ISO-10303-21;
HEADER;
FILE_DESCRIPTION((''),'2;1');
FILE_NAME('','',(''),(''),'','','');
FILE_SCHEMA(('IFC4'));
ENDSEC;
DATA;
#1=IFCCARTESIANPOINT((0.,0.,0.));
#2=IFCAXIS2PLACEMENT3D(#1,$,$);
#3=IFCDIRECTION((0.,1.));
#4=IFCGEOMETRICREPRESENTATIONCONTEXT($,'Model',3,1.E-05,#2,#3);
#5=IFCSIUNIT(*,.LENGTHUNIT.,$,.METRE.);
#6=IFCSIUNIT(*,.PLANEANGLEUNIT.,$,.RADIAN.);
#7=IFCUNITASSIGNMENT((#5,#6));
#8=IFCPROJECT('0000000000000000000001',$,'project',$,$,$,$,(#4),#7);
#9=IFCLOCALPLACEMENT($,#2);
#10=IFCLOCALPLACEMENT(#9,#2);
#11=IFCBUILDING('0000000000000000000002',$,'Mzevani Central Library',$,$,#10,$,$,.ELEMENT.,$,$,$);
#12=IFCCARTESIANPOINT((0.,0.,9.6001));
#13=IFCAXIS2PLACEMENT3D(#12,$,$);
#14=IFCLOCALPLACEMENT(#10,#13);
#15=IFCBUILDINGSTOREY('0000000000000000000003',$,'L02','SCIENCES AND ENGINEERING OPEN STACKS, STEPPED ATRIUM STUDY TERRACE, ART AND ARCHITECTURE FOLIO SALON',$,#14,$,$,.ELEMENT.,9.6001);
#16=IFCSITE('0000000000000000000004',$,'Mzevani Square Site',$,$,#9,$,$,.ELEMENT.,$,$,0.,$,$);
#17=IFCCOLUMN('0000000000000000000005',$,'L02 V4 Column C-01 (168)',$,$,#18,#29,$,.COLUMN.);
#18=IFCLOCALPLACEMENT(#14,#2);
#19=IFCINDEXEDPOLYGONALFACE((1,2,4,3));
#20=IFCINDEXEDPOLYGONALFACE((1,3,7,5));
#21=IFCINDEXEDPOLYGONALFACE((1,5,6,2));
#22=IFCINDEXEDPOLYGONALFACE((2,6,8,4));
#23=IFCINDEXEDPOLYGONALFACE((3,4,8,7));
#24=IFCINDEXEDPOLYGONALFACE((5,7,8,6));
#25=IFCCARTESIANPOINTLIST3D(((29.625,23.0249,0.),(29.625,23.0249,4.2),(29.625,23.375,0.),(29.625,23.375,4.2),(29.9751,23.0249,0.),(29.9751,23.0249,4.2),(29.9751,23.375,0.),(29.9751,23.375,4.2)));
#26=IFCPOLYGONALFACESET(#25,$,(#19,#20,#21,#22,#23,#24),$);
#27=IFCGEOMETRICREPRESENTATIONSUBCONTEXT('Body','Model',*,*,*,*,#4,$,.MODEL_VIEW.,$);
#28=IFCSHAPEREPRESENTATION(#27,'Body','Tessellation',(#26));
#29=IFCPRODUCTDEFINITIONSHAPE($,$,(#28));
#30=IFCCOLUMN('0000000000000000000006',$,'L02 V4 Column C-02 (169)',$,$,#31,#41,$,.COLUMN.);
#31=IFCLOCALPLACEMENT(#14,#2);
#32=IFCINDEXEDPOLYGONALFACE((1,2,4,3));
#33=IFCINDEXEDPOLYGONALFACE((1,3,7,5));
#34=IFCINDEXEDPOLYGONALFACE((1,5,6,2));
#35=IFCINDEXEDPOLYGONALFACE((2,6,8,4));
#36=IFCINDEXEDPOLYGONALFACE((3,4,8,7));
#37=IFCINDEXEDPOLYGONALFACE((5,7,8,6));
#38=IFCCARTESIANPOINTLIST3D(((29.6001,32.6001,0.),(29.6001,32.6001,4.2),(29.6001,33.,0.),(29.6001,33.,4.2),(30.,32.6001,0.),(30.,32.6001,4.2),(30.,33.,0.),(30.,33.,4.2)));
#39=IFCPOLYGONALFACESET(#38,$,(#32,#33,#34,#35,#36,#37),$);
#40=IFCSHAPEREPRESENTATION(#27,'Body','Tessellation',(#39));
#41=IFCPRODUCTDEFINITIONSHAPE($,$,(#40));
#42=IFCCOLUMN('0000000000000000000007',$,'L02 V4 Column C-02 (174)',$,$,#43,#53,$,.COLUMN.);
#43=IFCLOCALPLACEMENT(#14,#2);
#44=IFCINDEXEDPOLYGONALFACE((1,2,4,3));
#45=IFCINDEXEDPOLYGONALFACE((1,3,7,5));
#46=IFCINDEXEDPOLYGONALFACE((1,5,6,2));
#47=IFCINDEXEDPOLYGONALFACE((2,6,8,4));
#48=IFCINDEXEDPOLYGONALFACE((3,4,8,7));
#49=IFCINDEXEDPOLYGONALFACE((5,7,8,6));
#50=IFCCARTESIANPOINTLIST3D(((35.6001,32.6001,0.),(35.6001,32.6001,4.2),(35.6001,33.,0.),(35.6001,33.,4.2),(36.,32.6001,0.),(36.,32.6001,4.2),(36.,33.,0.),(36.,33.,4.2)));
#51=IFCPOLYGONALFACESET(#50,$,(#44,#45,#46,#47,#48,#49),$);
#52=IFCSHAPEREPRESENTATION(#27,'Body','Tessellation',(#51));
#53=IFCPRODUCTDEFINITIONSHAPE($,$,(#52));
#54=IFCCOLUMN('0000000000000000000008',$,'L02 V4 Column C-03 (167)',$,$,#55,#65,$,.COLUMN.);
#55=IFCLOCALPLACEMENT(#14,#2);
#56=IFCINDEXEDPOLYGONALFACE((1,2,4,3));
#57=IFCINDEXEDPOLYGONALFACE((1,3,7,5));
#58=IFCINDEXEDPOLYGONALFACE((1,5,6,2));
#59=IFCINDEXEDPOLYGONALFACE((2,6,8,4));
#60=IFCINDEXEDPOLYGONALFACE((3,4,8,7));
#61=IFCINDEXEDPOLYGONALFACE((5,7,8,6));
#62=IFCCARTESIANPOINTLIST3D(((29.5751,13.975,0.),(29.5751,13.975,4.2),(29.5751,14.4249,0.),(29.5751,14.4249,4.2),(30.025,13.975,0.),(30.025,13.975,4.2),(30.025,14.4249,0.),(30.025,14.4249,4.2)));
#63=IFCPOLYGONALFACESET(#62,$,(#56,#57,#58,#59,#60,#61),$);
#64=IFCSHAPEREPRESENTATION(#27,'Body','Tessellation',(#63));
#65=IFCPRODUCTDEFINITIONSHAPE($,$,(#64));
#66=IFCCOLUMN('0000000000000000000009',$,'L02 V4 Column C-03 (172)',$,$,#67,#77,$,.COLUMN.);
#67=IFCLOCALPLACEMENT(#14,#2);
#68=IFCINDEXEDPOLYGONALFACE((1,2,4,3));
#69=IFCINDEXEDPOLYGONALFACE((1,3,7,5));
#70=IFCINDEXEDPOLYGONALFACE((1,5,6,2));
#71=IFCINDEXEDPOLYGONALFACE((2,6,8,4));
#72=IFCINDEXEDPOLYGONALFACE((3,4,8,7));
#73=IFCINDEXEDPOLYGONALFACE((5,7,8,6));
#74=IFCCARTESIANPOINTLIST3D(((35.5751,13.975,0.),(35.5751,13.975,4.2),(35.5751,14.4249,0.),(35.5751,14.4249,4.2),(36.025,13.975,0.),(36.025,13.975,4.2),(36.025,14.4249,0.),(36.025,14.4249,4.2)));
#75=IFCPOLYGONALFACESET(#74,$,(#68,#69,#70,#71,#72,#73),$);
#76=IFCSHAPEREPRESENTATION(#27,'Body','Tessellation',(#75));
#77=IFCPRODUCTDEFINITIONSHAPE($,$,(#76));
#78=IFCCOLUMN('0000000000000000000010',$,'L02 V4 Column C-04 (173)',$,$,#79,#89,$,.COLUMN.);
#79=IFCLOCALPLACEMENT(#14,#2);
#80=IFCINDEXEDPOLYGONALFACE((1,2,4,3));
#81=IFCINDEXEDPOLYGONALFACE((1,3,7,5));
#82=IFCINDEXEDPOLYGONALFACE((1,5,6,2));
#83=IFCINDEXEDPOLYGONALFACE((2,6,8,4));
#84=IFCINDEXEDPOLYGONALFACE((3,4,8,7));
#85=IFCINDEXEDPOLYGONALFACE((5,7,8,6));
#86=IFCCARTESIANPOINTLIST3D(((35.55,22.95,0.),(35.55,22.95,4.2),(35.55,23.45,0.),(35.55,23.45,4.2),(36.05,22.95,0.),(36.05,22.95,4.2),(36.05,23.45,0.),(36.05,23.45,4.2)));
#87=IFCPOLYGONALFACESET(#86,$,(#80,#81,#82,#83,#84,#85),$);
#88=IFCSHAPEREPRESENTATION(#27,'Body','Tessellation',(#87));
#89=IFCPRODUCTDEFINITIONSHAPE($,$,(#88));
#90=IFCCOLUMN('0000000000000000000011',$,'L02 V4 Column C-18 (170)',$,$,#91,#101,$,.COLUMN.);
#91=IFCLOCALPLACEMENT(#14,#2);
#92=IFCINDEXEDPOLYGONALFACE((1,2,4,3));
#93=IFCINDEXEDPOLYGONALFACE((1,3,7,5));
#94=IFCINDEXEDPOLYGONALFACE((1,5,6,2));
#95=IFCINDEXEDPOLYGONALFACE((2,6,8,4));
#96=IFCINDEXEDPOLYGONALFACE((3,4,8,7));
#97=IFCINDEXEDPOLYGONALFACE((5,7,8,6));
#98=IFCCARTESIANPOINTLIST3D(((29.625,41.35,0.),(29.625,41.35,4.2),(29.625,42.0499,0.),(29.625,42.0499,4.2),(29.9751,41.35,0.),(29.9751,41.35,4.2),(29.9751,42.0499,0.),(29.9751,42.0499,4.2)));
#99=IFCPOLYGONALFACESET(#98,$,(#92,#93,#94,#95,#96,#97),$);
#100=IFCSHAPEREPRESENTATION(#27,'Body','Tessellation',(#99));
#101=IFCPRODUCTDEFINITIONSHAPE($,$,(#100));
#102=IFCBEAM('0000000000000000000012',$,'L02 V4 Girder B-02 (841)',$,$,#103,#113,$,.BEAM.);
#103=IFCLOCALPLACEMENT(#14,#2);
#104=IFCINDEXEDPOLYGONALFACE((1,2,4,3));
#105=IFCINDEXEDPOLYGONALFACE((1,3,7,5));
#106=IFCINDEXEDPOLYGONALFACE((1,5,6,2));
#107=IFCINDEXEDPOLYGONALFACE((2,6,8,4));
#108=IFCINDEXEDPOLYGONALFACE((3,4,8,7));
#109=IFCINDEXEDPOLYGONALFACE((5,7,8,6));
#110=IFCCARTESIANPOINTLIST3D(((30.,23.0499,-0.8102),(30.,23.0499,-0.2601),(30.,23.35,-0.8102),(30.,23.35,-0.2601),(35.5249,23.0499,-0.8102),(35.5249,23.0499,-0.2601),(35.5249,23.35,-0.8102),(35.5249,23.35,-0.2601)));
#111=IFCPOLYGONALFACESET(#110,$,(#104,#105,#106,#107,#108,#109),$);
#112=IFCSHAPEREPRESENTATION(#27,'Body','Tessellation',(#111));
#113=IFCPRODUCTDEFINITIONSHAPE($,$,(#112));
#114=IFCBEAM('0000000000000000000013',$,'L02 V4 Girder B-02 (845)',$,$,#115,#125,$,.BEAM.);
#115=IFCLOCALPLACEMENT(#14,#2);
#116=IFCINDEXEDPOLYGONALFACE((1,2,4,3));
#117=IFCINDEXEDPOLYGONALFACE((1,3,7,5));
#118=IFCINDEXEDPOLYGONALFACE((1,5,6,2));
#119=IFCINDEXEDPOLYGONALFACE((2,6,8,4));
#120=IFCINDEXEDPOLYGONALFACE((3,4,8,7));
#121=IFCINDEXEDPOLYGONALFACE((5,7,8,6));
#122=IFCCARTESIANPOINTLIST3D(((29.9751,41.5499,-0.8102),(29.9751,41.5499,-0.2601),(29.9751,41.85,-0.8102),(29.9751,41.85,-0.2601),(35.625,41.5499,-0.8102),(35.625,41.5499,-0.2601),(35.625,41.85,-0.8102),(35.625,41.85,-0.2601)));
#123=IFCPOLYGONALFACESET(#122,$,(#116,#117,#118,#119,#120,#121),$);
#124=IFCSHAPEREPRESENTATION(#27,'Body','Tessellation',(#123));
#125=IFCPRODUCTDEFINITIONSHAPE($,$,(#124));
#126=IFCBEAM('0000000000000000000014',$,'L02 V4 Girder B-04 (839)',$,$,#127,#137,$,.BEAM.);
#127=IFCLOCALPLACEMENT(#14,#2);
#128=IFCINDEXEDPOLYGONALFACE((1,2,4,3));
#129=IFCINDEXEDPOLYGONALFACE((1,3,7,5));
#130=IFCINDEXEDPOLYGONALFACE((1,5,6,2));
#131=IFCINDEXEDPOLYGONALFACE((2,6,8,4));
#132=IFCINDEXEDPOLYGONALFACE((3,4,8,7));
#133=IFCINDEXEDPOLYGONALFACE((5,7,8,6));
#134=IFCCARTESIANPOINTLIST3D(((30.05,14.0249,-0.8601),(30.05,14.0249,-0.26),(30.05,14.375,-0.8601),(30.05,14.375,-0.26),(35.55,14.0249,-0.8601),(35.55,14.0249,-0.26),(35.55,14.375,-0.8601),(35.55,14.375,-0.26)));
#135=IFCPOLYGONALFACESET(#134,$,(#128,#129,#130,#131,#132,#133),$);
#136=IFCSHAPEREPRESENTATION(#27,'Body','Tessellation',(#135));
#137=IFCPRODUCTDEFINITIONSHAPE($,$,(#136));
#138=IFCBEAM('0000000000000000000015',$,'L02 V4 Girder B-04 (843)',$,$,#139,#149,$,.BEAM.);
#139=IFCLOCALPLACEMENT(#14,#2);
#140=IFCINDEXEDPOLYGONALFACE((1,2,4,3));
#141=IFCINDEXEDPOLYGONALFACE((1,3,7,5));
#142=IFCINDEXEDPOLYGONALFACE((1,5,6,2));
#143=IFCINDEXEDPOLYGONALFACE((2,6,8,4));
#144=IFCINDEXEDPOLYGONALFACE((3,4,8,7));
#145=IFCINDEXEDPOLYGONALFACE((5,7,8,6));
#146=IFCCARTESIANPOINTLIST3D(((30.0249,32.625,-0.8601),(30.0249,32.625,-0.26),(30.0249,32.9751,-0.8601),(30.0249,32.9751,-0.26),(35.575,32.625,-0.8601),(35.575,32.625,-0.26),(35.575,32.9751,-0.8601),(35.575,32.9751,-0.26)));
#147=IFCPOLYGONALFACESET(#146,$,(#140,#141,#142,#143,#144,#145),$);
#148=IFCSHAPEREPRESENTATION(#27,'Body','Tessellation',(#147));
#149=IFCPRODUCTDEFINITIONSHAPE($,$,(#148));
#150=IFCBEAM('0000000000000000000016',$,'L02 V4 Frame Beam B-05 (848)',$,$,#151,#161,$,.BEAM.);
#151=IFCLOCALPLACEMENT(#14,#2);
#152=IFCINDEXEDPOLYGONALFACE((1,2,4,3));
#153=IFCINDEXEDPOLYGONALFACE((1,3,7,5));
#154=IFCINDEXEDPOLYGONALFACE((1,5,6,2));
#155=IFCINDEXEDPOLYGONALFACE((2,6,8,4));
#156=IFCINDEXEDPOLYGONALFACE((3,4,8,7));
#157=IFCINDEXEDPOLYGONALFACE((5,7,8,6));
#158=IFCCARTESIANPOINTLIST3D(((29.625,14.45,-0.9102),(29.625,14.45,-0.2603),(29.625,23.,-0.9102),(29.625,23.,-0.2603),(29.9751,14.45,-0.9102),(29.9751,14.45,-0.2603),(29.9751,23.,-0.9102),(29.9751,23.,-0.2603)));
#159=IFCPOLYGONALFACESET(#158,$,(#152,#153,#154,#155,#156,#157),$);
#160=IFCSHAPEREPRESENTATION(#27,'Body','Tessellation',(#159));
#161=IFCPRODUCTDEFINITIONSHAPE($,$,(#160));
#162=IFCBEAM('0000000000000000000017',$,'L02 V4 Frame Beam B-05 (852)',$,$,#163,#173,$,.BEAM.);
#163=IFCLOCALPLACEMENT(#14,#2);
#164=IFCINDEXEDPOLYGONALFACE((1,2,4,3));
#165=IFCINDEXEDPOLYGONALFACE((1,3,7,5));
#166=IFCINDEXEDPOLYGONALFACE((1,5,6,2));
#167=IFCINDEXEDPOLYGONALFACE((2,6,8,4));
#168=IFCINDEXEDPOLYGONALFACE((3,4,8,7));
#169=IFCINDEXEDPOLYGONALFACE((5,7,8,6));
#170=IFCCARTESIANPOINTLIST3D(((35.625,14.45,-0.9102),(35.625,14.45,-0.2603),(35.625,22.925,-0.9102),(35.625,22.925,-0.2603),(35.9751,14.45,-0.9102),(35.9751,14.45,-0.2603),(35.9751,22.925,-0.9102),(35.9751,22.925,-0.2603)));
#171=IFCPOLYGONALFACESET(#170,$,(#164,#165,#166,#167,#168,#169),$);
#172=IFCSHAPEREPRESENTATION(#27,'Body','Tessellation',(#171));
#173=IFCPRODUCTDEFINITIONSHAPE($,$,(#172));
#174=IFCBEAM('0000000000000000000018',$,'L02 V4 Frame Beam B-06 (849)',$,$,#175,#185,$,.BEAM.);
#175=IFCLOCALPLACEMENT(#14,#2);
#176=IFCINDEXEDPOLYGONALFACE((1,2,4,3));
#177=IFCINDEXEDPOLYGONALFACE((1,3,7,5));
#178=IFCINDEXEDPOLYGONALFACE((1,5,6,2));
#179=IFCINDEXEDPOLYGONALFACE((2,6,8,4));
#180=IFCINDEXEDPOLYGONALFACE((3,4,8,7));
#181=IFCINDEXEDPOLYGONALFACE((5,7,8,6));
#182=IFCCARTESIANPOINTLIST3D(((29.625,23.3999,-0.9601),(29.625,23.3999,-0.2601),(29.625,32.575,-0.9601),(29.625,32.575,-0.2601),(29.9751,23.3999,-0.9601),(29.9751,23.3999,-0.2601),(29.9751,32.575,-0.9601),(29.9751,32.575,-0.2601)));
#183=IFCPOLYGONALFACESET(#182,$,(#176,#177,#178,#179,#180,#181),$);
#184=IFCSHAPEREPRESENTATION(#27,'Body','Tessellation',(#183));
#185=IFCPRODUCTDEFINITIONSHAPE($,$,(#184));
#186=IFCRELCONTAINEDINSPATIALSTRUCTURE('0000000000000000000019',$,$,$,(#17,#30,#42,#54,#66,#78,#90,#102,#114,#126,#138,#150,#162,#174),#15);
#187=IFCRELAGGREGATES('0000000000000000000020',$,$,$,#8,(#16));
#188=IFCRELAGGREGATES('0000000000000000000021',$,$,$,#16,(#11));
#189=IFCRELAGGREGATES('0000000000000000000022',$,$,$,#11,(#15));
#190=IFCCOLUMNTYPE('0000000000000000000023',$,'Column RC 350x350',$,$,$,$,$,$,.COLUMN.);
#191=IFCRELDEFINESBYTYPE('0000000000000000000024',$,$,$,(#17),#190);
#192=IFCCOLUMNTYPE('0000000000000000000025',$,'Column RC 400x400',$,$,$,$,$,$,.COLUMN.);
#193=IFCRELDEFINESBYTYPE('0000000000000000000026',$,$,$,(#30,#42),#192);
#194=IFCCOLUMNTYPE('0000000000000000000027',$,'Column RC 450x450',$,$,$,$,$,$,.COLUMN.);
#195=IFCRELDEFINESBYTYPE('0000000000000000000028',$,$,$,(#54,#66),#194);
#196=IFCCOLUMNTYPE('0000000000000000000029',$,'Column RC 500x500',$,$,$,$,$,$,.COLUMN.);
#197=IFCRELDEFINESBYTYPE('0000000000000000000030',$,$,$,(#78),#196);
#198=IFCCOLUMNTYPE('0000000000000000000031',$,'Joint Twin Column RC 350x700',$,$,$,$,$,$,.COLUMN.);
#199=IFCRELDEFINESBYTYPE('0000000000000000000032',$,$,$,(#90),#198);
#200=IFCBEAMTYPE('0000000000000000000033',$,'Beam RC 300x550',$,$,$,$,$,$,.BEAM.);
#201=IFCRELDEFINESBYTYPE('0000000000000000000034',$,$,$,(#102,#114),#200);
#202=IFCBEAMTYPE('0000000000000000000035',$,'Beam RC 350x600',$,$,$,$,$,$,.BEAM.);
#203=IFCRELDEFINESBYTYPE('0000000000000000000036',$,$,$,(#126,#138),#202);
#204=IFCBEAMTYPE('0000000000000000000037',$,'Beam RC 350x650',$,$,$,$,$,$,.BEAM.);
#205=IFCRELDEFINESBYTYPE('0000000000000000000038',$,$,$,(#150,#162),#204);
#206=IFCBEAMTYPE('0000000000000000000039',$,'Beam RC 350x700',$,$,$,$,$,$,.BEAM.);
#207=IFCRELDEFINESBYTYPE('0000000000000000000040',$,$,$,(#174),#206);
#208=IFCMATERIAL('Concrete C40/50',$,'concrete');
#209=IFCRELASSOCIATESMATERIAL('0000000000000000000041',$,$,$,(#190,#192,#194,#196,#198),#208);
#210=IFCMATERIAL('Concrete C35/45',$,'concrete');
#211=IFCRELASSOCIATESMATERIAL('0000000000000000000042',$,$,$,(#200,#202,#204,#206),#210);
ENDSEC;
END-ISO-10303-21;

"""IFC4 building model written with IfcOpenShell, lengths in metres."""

from ifc_helpers import new_model, si_unit, direction, frame, origin, origin_2d, place, context, subcontext, project, spatial, rectangle, extrude, material, material_profile, profile_set, type_object, element, save


model = new_model("IFC4")

# Units and contexts
model_context = context("Model", 3, precision=1e-05, world=origin(), true_north=direction((0.0, 1.0)))
body_context = subcontext(model_context, "Body", "Model", "MODEL_VIEW")
ifc_project = project(units=[si_unit("LENGTHUNIT", "METRE"), si_unit("PLANEANGLEUNIT", "RADIAN")], contexts=[model_context])

# Site, building, storey
site_placement = place(None, origin())
site = spatial("IfcSite", under=ifc_project, at=site_placement, Name="Mzevani Square Site", CompositionType="ELEMENT", RefElevation=0.0)
building_placement = place(site_placement, origin())
building = spatial("IfcBuilding", under=site, at=building_placement, Name="Mzevani Central Library", CompositionType="ELEMENT")
storey_placement = place(building_placement, frame((0.0, 0.0, 9.6001)))
storey = spatial("IfcBuildingStorey", under=building, at=storey_placement, Name="L02", Description="SCIENCES AND ENGINEERING OPEN STACKS, STEPPED ATRIUM STUDY TERRACE, ART AND ARCHITECTURE FOLIO SALON", CompositionType="ELEMENT", Elevation=9.6001)

# Columns
ifc_material_1 = material(Name="Concrete C40/50", Category="concrete")
ifc_material_profile_1 = material_profile(ifc_material_1, rectangle(XDim=0.3501, YDim=0.3501, at=origin_2d()), Name="RC 350x350")
ifc_profile_set_1 = profile_set([ifc_material_profile_1], Name="Concrete C40/50")
column_type_1 = type_object("IfcColumnType", Name="Column RC 350x350", PredefinedType="COLUMN", material=ifc_profile_set_1)
column_1_placement = place(storey_placement, frame((29.8, 23.2, 0.0), z_axis=(0.0, 0.0, 1.0), x_axis=(1.0, 0.0, 0.0)))
element("IfcColumn", 1, at=column_1_placement, inside=storey, type_object=column_type_1, Name="L02 V4 Column C-01 (168)", PredefinedType="COLUMN", context=body_context, shape_type="SweptSolid", body=[
    extrude(rectangle(XDim=0.3501, YDim=0.3501, at=origin_2d()), origin(), (0.0, 0.0, 1.0), 4.2),
])
ifc_material_profile_2 = material_profile(ifc_material_1, rectangle(XDim=0.3999, YDim=0.3999, at=origin_2d()), Name="RC 400x400")
ifc_profile_set_2 = profile_set([ifc_material_profile_2], Name="Concrete C40/50")
column_type_2 = type_object("IfcColumnType", Name="Column RC 400x400", PredefinedType="COLUMN", material=ifc_profile_set_2)
for number, where, z_axis, x_axis, name in (
    (2, (29.8, 32.8, 0.0), (0.0, 0.0, 1.0), (1.0, 0.0, 0.0), "L02 V4 Column C-02 (169)"),
    (3, (35.8, 32.8, 0.0), (0.0, 0.0, 1.0), (1.0, 0.0, 0.0), "L02 V4 Column C-02 (174)"),
):
    element("IfcColumn", number, at=place(storey_placement, frame(where, z_axis=z_axis, x_axis=x_axis)), inside=storey, type_object=column_type_2, Name=name, PredefinedType="COLUMN", context=body_context, shape_type="SweptSolid", body=[
        extrude(rectangle(XDim=0.3999, YDim=0.3999, at=origin_2d()), origin(), (0.0, 0.0, 1.0), 4.2),
    ])
ifc_material_profile_3 = material_profile(ifc_material_1, rectangle(XDim=0.45, YDim=0.45, at=origin_2d()), Name="RC 450x450")
ifc_profile_set_3 = profile_set([ifc_material_profile_3], Name="Concrete C40/50")
column_type_3 = type_object("IfcColumnType", Name="Column RC 450x450", PredefinedType="COLUMN", material=ifc_profile_set_3)
for number, where, z_axis, x_axis, name in (
    (4, (29.8, 14.2, 0.0), (0.0, 0.0, 1.0), (1.0, 0.0, 0.0), "L02 V4 Column C-03 (167)"),
    (5, (35.8, 14.2, 0.0), (0.0, 0.0, 1.0), (1.0, 0.0, 0.0), "L02 V4 Column C-03 (172)"),
):
    element("IfcColumn", number, at=place(storey_placement, frame(where, z_axis=z_axis, x_axis=x_axis)), inside=storey, type_object=column_type_3, Name=name, PredefinedType="COLUMN", context=body_context, shape_type="SweptSolid", body=[
        extrude(rectangle(XDim=0.45, YDim=0.45, at=origin_2d()), origin(), (0.0, 0.0, 1.0), 4.2),
    ])
ifc_material_profile_4 = material_profile(ifc_material_1, rectangle(XDim=0.5, YDim=0.5, at=origin_2d()), Name="RC 500x500")
ifc_profile_set_4 = profile_set([ifc_material_profile_4], Name="Concrete C40/50")
column_type_4 = type_object("IfcColumnType", Name="Column RC 500x500", PredefinedType="COLUMN", material=ifc_profile_set_4)
column_2_placement = place(storey_placement, frame((35.8, 23.2, 0.0), z_axis=(0.0, 0.0, 1.0), x_axis=(1.0, 0.0, 0.0)))
element("IfcColumn", 6, at=column_2_placement, inside=storey, type_object=column_type_4, Name="L02 V4 Column C-04 (173)", PredefinedType="COLUMN", context=body_context, shape_type="SweptSolid", body=[
    extrude(rectangle(XDim=0.5, YDim=0.5, at=origin_2d()), origin(), (0.0, 0.0, 1.0), 4.2),
])
ifc_material_profile_5 = material_profile(ifc_material_1, rectangle(XDim=0.3501, YDim=0.7, at=origin_2d()), Name="RC 350x700")
ifc_profile_set_5 = profile_set([ifc_material_profile_5], Name="Concrete C40/50")
column_type_5 = type_object("IfcColumnType", Name="Joint Twin Column RC 350x700", PredefinedType="COLUMN", material=ifc_profile_set_5)
column_3_placement = place(storey_placement, frame((29.8, 41.7, 0.0), z_axis=(0.0, 0.0, 1.0), x_axis=(1.0, 0.0, 0.0)))
element("IfcColumn", 7, at=column_3_placement, inside=storey, type_object=column_type_5, Name="L02 V4 Column C-18 (170)", PredefinedType="COLUMN", context=body_context, shape_type="SweptSolid", body=[
    extrude(rectangle(XDim=0.3501, YDim=0.7, at=origin_2d()), origin(), (0.0, 0.0, 1.0), 4.2),
])

# Beams
ifc_material_2 = material(Name="Concrete C35/45", Category="concrete")
ifc_material_profile_6 = material_profile(ifc_material_2, rectangle(XDim=0.3, YDim=0.55, at=origin_2d()), Name="RC B300x550")
ifc_profile_set_6 = profile_set([ifc_material_profile_6], Name="Concrete C35/45")
beam_type_1 = type_object("IfcBeamType", Name="Beam RC 300x550", PredefinedType="BEAM", material=ifc_profile_set_6)
beam_1_placement = place(storey_placement, frame((30.0, 23.2, -0.5352), z_axis=(1.0, 0.0, 0.0), x_axis=(0.0, 1.0, 0.0)))
element("IfcBeam", 8, at=beam_1_placement, inside=storey, type_object=beam_type_1, Name="L02 V4 Girder B-02 (841)", PredefinedType="BEAM", context=body_context, shape_type="SweptSolid", body=[
    extrude(rectangle(XDim=0.3, YDim=0.55, at=origin_2d()), origin(), (0.0, 0.0, 1.0), 5.5249),
])
beam_2_placement = place(storey_placement, frame((29.9751, 41.7, -0.5352), z_axis=(1.0, 0.0, 0.0), x_axis=(0.0, 1.0, 0.0)))
element("IfcBeam", 9, at=beam_2_placement, inside=storey, type_object=beam_type_1, Name="L02 V4 Girder B-02 (845)", PredefinedType="BEAM", context=body_context, shape_type="SweptSolid", body=[
    extrude(rectangle(XDim=0.3, YDim=0.55, at=origin_2d()), origin(), (0.0, 0.0, 1.0), 5.6499),
])
ifc_material_profile_7 = material_profile(ifc_material_2, rectangle(XDim=0.3501, YDim=0.6001, at=origin_2d()), Name="RC B350x600")
ifc_profile_set_7 = profile_set([ifc_material_profile_7], Name="Concrete C35/45")
beam_type_2 = type_object("IfcBeamType", Name="Beam RC 350x600", PredefinedType="BEAM", material=ifc_profile_set_7)
beam_3_placement = place(storey_placement, frame((30.05, 14.2, -0.5601), z_axis=(1.0, 0.0, 0.0), x_axis=(0.0, 1.0, 0.0)))
element("IfcBeam", 10, at=beam_3_placement, inside=storey, type_object=beam_type_2, Name="L02 V4 Girder B-04 (839)", PredefinedType="BEAM", context=body_context, shape_type="SweptSolid", body=[
    extrude(rectangle(XDim=0.3501, YDim=0.6001, at=origin_2d()), origin(), (0.0, 0.0, 1.0), 5.5),
])
beam_4_placement = place(storey_placement, frame((30.0249, 32.8, -0.5601), z_axis=(1.0, 0.0, 0.0), x_axis=(0.0, 1.0, 0.0)))
element("IfcBeam", 11, at=beam_4_placement, inside=storey, type_object=beam_type_2, Name="L02 V4 Girder B-04 (843)", PredefinedType="BEAM", context=body_context, shape_type="SweptSolid", body=[
    extrude(rectangle(XDim=0.3501, YDim=0.6001, at=origin_2d()), origin(), (0.0, 0.0, 1.0), 5.55),
])
ifc_material_profile_8 = material_profile(ifc_material_2, rectangle(XDim=0.3501, YDim=0.6499, at=origin_2d()), Name="RC B350x650")
ifc_profile_set_8 = profile_set([ifc_material_profile_8], Name="Concrete C35/45")
beam_type_3 = type_object("IfcBeamType", Name="Beam RC 350x650", PredefinedType="BEAM", material=ifc_profile_set_8)
beam_5_placement = place(storey_placement, frame((29.8, 14.45, -0.5852), z_axis=(0.0, 1.0, 0.0), x_axis=(-1.0, 0.0, 0.0)))
element("IfcBeam", 12, at=beam_5_placement, inside=storey, type_object=beam_type_3, Name="L02 V4 Frame Beam B-05 (848)", PredefinedType="BEAM", context=body_context, shape_type="SweptSolid", body=[
    extrude(rectangle(XDim=0.3501, YDim=0.6499, at=origin_2d()), origin(), (0.0, 0.0, 1.0), 8.55),
])
beam_6_placement = place(storey_placement, frame((35.8, 14.45, -0.5852), z_axis=(0.0, 1.0, 0.0), x_axis=(-1.0, 0.0, 0.0)))
element("IfcBeam", 13, at=beam_6_placement, inside=storey, type_object=beam_type_3, Name="L02 V4 Frame Beam B-05 (852)", PredefinedType="BEAM", context=body_context, shape_type="SweptSolid", body=[
    extrude(rectangle(XDim=0.3501, YDim=0.6499, at=origin_2d()), origin(), (0.0, 0.0, 1.0), 8.4751),
])
ifc_material_profile_9 = material_profile(ifc_material_2, rectangle(XDim=0.3501, YDim=0.7, at=origin_2d()), Name="RC B350x700")
ifc_profile_set_9 = profile_set([ifc_material_profile_9], Name="Concrete C35/45")
beam_type_4 = type_object("IfcBeamType", Name="Beam RC 350x700", PredefinedType="BEAM", material=ifc_profile_set_9)
beam_7_placement = place(storey_placement, frame((29.8, 23.3999, -0.6101), z_axis=(0.0, 1.0, 0.0), x_axis=(-1.0, 0.0, 0.0)))
element("IfcBeam", 14, at=beam_7_placement, inside=storey, type_object=beam_type_4, Name="L02 V4 Frame Beam B-06 (849)", PredefinedType="BEAM", context=body_context, shape_type="SweptSolid", body=[
    extrude(rectangle(XDim=0.3501, YDim=0.7, at=origin_2d()), origin(), (0.0, 0.0, 1.0), 9.175),
])

save(model, "model.ifc")
